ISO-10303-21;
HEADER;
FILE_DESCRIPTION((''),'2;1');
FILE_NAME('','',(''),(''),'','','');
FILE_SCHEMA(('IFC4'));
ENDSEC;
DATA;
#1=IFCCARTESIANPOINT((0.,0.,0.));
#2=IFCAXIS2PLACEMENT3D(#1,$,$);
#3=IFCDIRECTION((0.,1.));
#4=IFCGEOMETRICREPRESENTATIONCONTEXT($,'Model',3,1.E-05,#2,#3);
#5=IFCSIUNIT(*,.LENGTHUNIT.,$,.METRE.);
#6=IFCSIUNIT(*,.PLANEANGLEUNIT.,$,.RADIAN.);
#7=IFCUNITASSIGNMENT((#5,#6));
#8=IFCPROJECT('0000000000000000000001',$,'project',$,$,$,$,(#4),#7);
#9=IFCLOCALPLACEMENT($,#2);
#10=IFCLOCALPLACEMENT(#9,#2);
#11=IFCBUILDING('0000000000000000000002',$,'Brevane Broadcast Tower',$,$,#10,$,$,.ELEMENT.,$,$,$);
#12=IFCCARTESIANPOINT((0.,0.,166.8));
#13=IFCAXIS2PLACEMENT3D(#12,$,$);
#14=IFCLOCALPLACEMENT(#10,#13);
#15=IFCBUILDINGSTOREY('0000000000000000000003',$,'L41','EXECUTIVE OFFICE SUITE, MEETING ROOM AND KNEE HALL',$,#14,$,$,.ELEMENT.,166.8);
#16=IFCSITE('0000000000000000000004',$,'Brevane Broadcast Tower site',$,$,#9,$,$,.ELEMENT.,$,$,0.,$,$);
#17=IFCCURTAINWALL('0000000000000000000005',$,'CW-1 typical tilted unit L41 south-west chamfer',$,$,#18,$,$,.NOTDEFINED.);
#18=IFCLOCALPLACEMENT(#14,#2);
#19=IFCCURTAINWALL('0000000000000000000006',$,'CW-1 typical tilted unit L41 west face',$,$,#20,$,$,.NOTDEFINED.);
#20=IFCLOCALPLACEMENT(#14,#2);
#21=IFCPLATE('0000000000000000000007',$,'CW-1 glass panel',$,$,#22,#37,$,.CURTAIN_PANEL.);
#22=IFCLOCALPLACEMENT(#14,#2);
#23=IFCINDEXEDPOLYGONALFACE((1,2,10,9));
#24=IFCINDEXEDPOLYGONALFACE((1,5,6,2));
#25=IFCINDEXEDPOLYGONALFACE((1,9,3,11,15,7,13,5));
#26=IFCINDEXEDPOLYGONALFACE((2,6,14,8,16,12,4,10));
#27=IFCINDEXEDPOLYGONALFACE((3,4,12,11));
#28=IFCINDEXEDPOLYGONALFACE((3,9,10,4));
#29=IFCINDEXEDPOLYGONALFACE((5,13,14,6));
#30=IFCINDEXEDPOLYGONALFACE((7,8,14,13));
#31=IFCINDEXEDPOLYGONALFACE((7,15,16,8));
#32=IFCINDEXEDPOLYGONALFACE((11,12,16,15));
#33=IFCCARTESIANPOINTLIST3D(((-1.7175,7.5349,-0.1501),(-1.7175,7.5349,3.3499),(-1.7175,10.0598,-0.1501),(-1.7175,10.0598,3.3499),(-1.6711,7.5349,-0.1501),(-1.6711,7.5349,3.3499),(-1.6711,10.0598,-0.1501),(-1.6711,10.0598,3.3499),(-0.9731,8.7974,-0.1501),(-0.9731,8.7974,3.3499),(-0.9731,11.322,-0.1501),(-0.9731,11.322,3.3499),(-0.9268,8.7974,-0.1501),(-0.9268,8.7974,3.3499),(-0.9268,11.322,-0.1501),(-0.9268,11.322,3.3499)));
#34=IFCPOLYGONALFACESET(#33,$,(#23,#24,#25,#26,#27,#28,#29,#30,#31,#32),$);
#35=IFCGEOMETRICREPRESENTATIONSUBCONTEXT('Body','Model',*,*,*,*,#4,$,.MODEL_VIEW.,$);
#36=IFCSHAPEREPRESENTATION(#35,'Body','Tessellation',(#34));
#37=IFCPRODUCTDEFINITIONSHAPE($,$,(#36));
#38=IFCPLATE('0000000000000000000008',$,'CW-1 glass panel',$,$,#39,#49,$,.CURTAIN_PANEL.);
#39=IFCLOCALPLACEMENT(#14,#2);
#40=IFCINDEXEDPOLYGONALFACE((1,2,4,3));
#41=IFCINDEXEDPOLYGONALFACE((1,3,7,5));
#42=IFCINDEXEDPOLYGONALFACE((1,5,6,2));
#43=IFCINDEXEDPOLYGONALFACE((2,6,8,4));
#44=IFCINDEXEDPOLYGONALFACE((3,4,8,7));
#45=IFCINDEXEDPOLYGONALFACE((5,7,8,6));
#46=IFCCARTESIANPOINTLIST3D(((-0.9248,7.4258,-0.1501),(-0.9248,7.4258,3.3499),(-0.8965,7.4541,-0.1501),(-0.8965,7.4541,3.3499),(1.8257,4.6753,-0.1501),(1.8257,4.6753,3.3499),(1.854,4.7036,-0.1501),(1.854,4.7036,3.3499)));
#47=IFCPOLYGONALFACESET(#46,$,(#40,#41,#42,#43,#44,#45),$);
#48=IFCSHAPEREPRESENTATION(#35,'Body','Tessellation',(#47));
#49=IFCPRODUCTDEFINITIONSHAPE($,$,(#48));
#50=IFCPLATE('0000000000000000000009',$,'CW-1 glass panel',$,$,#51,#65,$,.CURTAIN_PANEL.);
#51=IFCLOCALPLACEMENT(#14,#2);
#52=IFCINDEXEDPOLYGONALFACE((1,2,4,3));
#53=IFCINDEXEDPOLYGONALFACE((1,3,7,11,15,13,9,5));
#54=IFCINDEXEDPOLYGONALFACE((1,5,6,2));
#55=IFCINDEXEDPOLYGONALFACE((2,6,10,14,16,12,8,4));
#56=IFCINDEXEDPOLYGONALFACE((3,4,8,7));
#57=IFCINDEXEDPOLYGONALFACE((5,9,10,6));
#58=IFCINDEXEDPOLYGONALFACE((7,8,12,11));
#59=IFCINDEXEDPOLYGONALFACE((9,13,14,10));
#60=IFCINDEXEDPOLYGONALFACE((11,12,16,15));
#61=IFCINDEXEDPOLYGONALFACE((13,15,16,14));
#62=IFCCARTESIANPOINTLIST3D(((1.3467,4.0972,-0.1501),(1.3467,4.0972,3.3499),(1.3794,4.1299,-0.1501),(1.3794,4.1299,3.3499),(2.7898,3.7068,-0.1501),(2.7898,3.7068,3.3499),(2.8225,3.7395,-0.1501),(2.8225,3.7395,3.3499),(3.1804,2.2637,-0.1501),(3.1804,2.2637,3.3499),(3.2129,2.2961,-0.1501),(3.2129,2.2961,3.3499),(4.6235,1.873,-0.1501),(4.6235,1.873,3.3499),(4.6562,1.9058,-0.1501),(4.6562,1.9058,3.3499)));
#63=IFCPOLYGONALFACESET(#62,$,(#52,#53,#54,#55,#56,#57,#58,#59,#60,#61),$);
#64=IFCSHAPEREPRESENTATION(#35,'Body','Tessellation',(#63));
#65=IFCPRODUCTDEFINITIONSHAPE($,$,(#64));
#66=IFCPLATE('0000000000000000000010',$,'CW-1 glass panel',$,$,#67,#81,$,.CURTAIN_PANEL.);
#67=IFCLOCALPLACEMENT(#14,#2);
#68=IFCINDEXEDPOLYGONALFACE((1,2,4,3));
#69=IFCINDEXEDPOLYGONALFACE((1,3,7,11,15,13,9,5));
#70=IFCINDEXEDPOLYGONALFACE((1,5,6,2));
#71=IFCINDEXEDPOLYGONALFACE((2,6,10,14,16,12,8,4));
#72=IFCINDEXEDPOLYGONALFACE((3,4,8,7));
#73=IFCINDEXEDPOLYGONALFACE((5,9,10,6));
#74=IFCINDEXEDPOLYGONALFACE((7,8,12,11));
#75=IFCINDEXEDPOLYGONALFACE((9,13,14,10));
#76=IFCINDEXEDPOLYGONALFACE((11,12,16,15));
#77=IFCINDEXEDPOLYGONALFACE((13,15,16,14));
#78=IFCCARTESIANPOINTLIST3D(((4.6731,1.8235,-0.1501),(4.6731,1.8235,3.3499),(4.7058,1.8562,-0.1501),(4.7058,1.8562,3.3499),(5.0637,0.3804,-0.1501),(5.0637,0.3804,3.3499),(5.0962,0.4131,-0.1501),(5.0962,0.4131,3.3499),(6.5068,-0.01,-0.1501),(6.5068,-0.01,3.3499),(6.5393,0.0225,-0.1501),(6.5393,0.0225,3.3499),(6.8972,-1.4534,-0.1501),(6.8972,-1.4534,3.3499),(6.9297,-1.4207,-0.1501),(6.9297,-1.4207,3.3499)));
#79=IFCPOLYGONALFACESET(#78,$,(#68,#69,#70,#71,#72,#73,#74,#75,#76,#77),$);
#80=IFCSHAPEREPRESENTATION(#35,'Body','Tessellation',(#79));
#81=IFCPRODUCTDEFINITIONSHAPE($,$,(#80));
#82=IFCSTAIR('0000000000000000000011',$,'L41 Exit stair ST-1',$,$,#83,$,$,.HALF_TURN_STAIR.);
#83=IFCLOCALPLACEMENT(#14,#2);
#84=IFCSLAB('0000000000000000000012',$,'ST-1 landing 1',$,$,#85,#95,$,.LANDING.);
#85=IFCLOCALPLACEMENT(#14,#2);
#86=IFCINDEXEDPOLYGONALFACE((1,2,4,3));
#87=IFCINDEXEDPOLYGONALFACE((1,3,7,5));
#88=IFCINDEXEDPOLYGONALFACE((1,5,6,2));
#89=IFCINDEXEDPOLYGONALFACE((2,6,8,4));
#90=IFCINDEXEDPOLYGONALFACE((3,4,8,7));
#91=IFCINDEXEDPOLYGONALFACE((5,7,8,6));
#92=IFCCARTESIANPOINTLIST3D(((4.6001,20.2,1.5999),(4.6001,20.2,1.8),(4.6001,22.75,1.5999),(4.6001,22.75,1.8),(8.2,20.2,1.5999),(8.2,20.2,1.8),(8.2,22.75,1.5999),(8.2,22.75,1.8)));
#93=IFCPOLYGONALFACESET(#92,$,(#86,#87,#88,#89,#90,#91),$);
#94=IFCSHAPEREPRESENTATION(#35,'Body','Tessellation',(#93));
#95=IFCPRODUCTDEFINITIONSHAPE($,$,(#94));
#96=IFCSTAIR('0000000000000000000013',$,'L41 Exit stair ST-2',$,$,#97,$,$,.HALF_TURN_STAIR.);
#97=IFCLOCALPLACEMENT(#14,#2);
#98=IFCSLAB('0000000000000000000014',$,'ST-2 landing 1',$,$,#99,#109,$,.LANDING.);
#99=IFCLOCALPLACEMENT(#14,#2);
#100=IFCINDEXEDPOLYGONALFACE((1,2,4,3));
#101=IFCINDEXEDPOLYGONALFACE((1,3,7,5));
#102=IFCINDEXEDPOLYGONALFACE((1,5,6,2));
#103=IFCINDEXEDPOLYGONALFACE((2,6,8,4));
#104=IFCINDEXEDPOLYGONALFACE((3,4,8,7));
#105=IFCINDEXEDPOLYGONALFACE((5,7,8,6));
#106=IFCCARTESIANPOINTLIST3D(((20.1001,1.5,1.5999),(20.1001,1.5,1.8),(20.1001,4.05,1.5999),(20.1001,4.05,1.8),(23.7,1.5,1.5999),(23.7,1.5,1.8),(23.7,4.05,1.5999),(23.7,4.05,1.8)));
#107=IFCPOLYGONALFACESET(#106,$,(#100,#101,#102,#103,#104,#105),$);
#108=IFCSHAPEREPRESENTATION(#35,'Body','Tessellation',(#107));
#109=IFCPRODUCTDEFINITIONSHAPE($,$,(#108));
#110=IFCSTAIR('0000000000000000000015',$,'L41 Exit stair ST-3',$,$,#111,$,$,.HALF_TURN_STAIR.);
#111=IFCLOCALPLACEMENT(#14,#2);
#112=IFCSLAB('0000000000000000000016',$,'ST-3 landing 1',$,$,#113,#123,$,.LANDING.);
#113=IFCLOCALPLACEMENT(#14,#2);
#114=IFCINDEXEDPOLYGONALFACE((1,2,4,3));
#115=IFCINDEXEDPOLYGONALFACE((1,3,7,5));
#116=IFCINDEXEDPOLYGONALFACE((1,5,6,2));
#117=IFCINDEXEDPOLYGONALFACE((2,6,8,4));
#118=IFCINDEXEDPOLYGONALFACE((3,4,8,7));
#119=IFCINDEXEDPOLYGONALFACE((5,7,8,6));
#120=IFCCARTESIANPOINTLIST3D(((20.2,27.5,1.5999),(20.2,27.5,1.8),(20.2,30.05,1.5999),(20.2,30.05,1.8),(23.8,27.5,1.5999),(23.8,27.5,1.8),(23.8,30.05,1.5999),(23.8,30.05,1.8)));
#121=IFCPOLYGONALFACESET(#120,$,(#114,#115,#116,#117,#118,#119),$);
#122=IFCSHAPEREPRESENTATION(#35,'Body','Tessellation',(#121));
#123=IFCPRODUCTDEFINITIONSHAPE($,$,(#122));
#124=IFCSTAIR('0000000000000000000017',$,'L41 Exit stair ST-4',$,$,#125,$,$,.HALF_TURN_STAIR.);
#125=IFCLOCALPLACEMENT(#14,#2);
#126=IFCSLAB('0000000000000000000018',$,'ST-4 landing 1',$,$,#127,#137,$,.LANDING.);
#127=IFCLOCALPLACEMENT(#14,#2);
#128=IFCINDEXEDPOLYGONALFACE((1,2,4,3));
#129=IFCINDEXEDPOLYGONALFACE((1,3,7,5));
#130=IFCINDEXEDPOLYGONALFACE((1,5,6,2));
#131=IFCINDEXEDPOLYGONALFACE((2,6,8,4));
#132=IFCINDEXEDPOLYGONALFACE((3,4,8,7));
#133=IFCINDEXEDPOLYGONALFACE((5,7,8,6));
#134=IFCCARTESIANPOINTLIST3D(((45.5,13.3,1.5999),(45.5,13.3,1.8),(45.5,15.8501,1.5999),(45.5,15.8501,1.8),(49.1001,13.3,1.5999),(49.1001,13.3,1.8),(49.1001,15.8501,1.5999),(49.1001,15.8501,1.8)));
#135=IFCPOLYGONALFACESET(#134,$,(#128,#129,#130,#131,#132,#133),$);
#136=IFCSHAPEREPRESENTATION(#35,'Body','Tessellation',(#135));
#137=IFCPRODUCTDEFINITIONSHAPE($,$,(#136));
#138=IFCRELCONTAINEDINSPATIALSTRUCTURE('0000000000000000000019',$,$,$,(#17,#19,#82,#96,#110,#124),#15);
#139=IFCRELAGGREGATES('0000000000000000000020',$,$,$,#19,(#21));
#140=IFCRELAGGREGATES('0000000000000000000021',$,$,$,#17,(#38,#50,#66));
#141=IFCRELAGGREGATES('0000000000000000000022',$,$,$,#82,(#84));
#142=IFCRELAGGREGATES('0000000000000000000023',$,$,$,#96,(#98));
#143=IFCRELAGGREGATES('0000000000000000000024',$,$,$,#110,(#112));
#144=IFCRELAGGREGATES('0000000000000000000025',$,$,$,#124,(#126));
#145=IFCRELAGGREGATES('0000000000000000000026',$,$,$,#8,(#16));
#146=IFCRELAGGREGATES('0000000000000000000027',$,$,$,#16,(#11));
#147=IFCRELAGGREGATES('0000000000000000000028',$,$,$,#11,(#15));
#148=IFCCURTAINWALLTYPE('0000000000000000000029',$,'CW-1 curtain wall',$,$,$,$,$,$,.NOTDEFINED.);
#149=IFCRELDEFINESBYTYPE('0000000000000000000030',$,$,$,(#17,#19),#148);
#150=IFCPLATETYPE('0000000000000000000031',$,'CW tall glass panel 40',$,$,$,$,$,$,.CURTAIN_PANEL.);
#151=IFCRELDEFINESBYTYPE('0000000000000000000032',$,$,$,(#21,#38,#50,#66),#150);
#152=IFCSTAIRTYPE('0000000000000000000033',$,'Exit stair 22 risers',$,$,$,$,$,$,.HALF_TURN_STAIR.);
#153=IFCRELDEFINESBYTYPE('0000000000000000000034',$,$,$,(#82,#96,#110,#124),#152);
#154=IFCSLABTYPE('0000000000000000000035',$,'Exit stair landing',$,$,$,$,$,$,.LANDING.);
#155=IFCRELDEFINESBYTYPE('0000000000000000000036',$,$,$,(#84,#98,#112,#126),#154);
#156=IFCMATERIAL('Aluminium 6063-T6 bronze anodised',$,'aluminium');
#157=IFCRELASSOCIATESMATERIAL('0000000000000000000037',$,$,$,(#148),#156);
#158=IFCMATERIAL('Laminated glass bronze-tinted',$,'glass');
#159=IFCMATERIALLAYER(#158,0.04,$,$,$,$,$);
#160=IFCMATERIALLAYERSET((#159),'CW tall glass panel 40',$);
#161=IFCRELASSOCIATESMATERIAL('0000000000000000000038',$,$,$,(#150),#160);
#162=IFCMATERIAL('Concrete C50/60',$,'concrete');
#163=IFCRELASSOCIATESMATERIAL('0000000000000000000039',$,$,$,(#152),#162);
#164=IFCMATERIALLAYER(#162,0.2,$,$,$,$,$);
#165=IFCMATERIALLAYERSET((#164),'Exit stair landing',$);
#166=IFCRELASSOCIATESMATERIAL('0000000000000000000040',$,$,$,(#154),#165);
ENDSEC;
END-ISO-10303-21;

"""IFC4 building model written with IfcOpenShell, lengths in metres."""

from ifc_helpers import new_model, si_unit, direction, frame, origin, place, context, subcontext, project, spatial, polyline, outline, extrude, material, layer, layer_set, type_object, element, aggregate, save


model = new_model("IFC4")

# Units and contexts
model_context = context("Model", 3, precision=1e-05, world=origin(), true_north=direction((0.0, 1.0)))
body_context = subcontext(model_context, "Body", "Model", "MODEL_VIEW")
ifc_project = project(units=[si_unit("LENGTHUNIT", "METRE"), si_unit("PLANEANGLEUNIT", "RADIAN")], contexts=[model_context])

# Site, building, storey
site_placement = place(None, origin())
site = spatial("IfcSite", under=ifc_project, at=site_placement, Name="Brevane Broadcast Tower site", CompositionType="ELEMENT", RefElevation=0.0)
building_placement = place(site_placement, origin())
building = spatial("IfcBuilding", under=site, at=building_placement, Name="Brevane Broadcast Tower", CompositionType="ELEMENT")
storey_placement = place(building_placement, frame((0.0, 0.0, 166.8)))
storey = spatial("IfcBuildingStorey", under=building, at=storey_placement, Name="L41", Description="EXECUTIVE OFFICE SUITE, MEETING ROOM AND KNEE HALL", CompositionType="ELEMENT", Elevation=166.8)

# Curtain wall
ifc_material_1 = material(Name="Aluminium 6063-T6 bronze anodised", Category="aluminium")
curtain_wall_type = type_object("IfcCurtainWallType", Name="CW-1 curtain wall", PredefinedType="NOTDEFINED", material=ifc_material_1)
curtain_wall_1_placement = place(storey_placement, origin())
curtain_wall_1 = element("IfcCurtainWall", 1, at=curtain_wall_1_placement, inside=storey, type_object=curtain_wall_type, Name="CW-1 typical tilted unit L41 south-west chamfer", PredefinedType="NOTDEFINED")

# Shared definitions
ifc_material_2 = material(Name="Laminated glass bronze-tinted", Category="glass")
ifc_layer_1 = layer(ifc_material_2, 0.04)
ifc_layer_set_1 = layer_set([ifc_layer_1], Name="CW tall glass panel 40")
plate_type = type_object("IfcPlateType", Name="CW tall glass panel 40", PredefinedType="CURTAIN_PANEL", material=ifc_layer_set_1)

# Curtain wall, plate
curtain_wall_2_placement = place(storey_placement, origin())
curtain_wall_2 = element("IfcCurtainWall", 2, at=curtain_wall_2_placement, inside=storey, type_object=curtain_wall_type, Name="CW-1 typical tilted unit L41 west face", PredefinedType="NOTDEFINED")
plate_1_placement = place(storey_placement, frame((0.0, 0.0, -0.1501)))
plate_1 = element("IfcPlate", 3, at=plate_1_placement, type_object=plate_type, Name="CW-1 glass panel", PredefinedType="CURTAIN_PANEL", context=body_context, shape_type="SweptSolid", body=[
    extrude(outline(polyline([(-0.9268, 11.322), (-0.9731, 11.322), (-1.7175, 10.0598), (-0.9731, 8.7974), (-1.7175, 7.5349), (-1.6711, 7.5349), (-0.9268, 8.7974), (-1.6711, 10.0598), (-0.9268, 11.322)])), origin(), (0.0, 0.0, 1.0), 3.5),
])
aggregate(curtain_wall_2, [plate_1])

# Plates
plate_2_placement = place(storey_placement, frame((0.0, 0.0, -0.1501)))
plate_2 = element("IfcPlate", 4, at=plate_2_placement, type_object=plate_type, Name="CW-1 glass panel", PredefinedType="CURTAIN_PANEL", context=body_context, shape_type="SweptSolid", body=[
    extrude(outline(polyline([(-0.8965, 7.4541), (1.854, 4.7036), (1.8257, 4.6753), (-0.9248, 7.4258), (-0.8965, 7.4541)])), origin(), (0.0, 0.0, 1.0), 3.5),
])
plate_3_placement = place(storey_placement, frame((0.0, 0.0, -0.1501)))
plate_3 = element("IfcPlate", 5, at=plate_3_placement, type_object=plate_type, Name="CW-1 glass panel", PredefinedType="CURTAIN_PANEL", context=body_context, shape_type="SweptSolid", body=[
    extrude(outline(polyline([(1.3794, 4.1299), (1.3467, 4.0972), (2.7898, 3.7068), (3.1804, 2.2637), (4.6235, 1.873), (4.6562, 1.9058), (3.2129, 2.2961), (2.8225, 3.7395), (1.3794, 4.1299)])), origin(), (0.0, 0.0, 1.0), 3.5),
])
plate_4_placement = place(storey_placement, frame((0.0, 0.0, -0.1501)))
plate_4 = element("IfcPlate", 6, at=plate_4_placement, type_object=plate_type, Name="CW-1 glass panel", PredefinedType="CURTAIN_PANEL", context=body_context, shape_type="SweptSolid", body=[
    extrude(outline(polyline([(4.7058, 1.8562), (4.6731, 1.8235), (5.0637, 0.3804), (6.5068, -0.01), (6.8972, -1.4534), (6.9297, -1.4207), (6.5393, 0.0225), (5.0962, 0.4131), (4.7058, 1.8562)])), origin(), (0.0, 0.0, 1.0), 3.5),
])
aggregate(curtain_wall_1, [plate_2, plate_3, plate_4])

# Stairs, slabs
ifc_material_3 = material(Name="Concrete C50/60", Category="concrete")
stair_type = type_object("IfcStairType", Name="Exit stair 22 risers", PredefinedType="HALF_TURN_STAIR", material=ifc_material_3)
stair_1_placement = place(storey_placement, origin())
stair_1 = element("IfcStair", 7, at=stair_1_placement, inside=storey, type_object=stair_type, Name="L41 Exit stair ST-1", PredefinedType="HALF_TURN_STAIR")
ifc_layer_2 = layer(ifc_material_3, 0.2)
ifc_layer_set_2 = layer_set([ifc_layer_2], Name="Exit stair landing")
slab_type_1 = type_object("IfcSlabType", Name="Exit stair landing", PredefinedType="LANDING", material=ifc_layer_set_2)
slab_1_placement = place(storey_placement, frame((0.0, 0.0, 1.5999)))
slab_1 = element("IfcSlab", 8, at=slab_1_placement, type_object=slab_type_1, Name="ST-1 landing 1", PredefinedType="LANDING", context=body_context, shape_type="SweptSolid", body=[
    extrude(outline(polyline([(4.6001, 20.2), (8.2, 20.2), (8.2, 22.75), (4.6001, 22.75), (4.6001, 20.2)])), origin(), (0.0, 0.0, 1.0), 0.2002),
])
aggregate(stair_1, [slab_1])
stair_2_placement = place(storey_placement, origin())
stair_2 = element("IfcStair", 9, at=stair_2_placement, inside=storey, type_object=stair_type, Name="L41 Exit stair ST-2", PredefinedType="HALF_TURN_STAIR")
slab_2_placement = place(storey_placement, frame((0.0, 0.0, 1.5999)))
slab_2 = element("IfcSlab", 10, at=slab_2_placement, type_object=slab_type_1, Name="ST-2 landing 1", PredefinedType="LANDING", context=body_context, shape_type="SweptSolid", body=[
    extrude(outline(polyline([(20.1001, 1.5), (23.7, 1.5), (23.7, 4.05), (20.1001, 4.05), (20.1001, 1.5)])), origin(), (0.0, 0.0, 1.0), 0.2002),
])
aggregate(stair_2, [slab_2])
stair_3_placement = place(storey_placement, origin())
stair_3 = element("IfcStair", 11, at=stair_3_placement, inside=storey, type_object=stair_type, Name="L41 Exit stair ST-3", PredefinedType="HALF_TURN_STAIR")
slab_3_placement = place(storey_placement, frame((0.0, 0.0, 1.5999)))
slab_3 = element("IfcSlab", 12, at=slab_3_placement, type_object=slab_type_1, Name="ST-3 landing 1", PredefinedType="LANDING", context=body_context, shape_type="SweptSolid", body=[
    extrude(outline(polyline([(20.2, 27.5), (23.8, 27.5), (23.8, 30.05), (20.2, 30.05), (20.2, 27.5)])), origin(), (0.0, 0.0, 1.0), 0.2002),
])
aggregate(stair_3, [slab_3])
stair_4_placement = place(storey_placement, origin())
stair_4 = element("IfcStair", 13, at=stair_4_placement, inside=storey, type_object=stair_type, Name="L41 Exit stair ST-4", PredefinedType="HALF_TURN_STAIR")
slab_4_placement = place(storey_placement, frame((0.0, 0.0, 1.5999)))
slab_4 = element("IfcSlab", 14, at=slab_4_placement, type_object=slab_type_1, Name="ST-4 landing 1", PredefinedType="LANDING", context=body_context, shape_type="SweptSolid", body=[
    extrude(outline(polyline([(45.5, 13.3), (49.1001, 13.3), (49.1001, 15.8501), (45.5, 15.8501), (45.5, 13.3)])), origin(), (0.0, 0.0, 1.0), 0.2002),
])
aggregate(stair_4, [slab_4])

save(model, "model.ifc")
